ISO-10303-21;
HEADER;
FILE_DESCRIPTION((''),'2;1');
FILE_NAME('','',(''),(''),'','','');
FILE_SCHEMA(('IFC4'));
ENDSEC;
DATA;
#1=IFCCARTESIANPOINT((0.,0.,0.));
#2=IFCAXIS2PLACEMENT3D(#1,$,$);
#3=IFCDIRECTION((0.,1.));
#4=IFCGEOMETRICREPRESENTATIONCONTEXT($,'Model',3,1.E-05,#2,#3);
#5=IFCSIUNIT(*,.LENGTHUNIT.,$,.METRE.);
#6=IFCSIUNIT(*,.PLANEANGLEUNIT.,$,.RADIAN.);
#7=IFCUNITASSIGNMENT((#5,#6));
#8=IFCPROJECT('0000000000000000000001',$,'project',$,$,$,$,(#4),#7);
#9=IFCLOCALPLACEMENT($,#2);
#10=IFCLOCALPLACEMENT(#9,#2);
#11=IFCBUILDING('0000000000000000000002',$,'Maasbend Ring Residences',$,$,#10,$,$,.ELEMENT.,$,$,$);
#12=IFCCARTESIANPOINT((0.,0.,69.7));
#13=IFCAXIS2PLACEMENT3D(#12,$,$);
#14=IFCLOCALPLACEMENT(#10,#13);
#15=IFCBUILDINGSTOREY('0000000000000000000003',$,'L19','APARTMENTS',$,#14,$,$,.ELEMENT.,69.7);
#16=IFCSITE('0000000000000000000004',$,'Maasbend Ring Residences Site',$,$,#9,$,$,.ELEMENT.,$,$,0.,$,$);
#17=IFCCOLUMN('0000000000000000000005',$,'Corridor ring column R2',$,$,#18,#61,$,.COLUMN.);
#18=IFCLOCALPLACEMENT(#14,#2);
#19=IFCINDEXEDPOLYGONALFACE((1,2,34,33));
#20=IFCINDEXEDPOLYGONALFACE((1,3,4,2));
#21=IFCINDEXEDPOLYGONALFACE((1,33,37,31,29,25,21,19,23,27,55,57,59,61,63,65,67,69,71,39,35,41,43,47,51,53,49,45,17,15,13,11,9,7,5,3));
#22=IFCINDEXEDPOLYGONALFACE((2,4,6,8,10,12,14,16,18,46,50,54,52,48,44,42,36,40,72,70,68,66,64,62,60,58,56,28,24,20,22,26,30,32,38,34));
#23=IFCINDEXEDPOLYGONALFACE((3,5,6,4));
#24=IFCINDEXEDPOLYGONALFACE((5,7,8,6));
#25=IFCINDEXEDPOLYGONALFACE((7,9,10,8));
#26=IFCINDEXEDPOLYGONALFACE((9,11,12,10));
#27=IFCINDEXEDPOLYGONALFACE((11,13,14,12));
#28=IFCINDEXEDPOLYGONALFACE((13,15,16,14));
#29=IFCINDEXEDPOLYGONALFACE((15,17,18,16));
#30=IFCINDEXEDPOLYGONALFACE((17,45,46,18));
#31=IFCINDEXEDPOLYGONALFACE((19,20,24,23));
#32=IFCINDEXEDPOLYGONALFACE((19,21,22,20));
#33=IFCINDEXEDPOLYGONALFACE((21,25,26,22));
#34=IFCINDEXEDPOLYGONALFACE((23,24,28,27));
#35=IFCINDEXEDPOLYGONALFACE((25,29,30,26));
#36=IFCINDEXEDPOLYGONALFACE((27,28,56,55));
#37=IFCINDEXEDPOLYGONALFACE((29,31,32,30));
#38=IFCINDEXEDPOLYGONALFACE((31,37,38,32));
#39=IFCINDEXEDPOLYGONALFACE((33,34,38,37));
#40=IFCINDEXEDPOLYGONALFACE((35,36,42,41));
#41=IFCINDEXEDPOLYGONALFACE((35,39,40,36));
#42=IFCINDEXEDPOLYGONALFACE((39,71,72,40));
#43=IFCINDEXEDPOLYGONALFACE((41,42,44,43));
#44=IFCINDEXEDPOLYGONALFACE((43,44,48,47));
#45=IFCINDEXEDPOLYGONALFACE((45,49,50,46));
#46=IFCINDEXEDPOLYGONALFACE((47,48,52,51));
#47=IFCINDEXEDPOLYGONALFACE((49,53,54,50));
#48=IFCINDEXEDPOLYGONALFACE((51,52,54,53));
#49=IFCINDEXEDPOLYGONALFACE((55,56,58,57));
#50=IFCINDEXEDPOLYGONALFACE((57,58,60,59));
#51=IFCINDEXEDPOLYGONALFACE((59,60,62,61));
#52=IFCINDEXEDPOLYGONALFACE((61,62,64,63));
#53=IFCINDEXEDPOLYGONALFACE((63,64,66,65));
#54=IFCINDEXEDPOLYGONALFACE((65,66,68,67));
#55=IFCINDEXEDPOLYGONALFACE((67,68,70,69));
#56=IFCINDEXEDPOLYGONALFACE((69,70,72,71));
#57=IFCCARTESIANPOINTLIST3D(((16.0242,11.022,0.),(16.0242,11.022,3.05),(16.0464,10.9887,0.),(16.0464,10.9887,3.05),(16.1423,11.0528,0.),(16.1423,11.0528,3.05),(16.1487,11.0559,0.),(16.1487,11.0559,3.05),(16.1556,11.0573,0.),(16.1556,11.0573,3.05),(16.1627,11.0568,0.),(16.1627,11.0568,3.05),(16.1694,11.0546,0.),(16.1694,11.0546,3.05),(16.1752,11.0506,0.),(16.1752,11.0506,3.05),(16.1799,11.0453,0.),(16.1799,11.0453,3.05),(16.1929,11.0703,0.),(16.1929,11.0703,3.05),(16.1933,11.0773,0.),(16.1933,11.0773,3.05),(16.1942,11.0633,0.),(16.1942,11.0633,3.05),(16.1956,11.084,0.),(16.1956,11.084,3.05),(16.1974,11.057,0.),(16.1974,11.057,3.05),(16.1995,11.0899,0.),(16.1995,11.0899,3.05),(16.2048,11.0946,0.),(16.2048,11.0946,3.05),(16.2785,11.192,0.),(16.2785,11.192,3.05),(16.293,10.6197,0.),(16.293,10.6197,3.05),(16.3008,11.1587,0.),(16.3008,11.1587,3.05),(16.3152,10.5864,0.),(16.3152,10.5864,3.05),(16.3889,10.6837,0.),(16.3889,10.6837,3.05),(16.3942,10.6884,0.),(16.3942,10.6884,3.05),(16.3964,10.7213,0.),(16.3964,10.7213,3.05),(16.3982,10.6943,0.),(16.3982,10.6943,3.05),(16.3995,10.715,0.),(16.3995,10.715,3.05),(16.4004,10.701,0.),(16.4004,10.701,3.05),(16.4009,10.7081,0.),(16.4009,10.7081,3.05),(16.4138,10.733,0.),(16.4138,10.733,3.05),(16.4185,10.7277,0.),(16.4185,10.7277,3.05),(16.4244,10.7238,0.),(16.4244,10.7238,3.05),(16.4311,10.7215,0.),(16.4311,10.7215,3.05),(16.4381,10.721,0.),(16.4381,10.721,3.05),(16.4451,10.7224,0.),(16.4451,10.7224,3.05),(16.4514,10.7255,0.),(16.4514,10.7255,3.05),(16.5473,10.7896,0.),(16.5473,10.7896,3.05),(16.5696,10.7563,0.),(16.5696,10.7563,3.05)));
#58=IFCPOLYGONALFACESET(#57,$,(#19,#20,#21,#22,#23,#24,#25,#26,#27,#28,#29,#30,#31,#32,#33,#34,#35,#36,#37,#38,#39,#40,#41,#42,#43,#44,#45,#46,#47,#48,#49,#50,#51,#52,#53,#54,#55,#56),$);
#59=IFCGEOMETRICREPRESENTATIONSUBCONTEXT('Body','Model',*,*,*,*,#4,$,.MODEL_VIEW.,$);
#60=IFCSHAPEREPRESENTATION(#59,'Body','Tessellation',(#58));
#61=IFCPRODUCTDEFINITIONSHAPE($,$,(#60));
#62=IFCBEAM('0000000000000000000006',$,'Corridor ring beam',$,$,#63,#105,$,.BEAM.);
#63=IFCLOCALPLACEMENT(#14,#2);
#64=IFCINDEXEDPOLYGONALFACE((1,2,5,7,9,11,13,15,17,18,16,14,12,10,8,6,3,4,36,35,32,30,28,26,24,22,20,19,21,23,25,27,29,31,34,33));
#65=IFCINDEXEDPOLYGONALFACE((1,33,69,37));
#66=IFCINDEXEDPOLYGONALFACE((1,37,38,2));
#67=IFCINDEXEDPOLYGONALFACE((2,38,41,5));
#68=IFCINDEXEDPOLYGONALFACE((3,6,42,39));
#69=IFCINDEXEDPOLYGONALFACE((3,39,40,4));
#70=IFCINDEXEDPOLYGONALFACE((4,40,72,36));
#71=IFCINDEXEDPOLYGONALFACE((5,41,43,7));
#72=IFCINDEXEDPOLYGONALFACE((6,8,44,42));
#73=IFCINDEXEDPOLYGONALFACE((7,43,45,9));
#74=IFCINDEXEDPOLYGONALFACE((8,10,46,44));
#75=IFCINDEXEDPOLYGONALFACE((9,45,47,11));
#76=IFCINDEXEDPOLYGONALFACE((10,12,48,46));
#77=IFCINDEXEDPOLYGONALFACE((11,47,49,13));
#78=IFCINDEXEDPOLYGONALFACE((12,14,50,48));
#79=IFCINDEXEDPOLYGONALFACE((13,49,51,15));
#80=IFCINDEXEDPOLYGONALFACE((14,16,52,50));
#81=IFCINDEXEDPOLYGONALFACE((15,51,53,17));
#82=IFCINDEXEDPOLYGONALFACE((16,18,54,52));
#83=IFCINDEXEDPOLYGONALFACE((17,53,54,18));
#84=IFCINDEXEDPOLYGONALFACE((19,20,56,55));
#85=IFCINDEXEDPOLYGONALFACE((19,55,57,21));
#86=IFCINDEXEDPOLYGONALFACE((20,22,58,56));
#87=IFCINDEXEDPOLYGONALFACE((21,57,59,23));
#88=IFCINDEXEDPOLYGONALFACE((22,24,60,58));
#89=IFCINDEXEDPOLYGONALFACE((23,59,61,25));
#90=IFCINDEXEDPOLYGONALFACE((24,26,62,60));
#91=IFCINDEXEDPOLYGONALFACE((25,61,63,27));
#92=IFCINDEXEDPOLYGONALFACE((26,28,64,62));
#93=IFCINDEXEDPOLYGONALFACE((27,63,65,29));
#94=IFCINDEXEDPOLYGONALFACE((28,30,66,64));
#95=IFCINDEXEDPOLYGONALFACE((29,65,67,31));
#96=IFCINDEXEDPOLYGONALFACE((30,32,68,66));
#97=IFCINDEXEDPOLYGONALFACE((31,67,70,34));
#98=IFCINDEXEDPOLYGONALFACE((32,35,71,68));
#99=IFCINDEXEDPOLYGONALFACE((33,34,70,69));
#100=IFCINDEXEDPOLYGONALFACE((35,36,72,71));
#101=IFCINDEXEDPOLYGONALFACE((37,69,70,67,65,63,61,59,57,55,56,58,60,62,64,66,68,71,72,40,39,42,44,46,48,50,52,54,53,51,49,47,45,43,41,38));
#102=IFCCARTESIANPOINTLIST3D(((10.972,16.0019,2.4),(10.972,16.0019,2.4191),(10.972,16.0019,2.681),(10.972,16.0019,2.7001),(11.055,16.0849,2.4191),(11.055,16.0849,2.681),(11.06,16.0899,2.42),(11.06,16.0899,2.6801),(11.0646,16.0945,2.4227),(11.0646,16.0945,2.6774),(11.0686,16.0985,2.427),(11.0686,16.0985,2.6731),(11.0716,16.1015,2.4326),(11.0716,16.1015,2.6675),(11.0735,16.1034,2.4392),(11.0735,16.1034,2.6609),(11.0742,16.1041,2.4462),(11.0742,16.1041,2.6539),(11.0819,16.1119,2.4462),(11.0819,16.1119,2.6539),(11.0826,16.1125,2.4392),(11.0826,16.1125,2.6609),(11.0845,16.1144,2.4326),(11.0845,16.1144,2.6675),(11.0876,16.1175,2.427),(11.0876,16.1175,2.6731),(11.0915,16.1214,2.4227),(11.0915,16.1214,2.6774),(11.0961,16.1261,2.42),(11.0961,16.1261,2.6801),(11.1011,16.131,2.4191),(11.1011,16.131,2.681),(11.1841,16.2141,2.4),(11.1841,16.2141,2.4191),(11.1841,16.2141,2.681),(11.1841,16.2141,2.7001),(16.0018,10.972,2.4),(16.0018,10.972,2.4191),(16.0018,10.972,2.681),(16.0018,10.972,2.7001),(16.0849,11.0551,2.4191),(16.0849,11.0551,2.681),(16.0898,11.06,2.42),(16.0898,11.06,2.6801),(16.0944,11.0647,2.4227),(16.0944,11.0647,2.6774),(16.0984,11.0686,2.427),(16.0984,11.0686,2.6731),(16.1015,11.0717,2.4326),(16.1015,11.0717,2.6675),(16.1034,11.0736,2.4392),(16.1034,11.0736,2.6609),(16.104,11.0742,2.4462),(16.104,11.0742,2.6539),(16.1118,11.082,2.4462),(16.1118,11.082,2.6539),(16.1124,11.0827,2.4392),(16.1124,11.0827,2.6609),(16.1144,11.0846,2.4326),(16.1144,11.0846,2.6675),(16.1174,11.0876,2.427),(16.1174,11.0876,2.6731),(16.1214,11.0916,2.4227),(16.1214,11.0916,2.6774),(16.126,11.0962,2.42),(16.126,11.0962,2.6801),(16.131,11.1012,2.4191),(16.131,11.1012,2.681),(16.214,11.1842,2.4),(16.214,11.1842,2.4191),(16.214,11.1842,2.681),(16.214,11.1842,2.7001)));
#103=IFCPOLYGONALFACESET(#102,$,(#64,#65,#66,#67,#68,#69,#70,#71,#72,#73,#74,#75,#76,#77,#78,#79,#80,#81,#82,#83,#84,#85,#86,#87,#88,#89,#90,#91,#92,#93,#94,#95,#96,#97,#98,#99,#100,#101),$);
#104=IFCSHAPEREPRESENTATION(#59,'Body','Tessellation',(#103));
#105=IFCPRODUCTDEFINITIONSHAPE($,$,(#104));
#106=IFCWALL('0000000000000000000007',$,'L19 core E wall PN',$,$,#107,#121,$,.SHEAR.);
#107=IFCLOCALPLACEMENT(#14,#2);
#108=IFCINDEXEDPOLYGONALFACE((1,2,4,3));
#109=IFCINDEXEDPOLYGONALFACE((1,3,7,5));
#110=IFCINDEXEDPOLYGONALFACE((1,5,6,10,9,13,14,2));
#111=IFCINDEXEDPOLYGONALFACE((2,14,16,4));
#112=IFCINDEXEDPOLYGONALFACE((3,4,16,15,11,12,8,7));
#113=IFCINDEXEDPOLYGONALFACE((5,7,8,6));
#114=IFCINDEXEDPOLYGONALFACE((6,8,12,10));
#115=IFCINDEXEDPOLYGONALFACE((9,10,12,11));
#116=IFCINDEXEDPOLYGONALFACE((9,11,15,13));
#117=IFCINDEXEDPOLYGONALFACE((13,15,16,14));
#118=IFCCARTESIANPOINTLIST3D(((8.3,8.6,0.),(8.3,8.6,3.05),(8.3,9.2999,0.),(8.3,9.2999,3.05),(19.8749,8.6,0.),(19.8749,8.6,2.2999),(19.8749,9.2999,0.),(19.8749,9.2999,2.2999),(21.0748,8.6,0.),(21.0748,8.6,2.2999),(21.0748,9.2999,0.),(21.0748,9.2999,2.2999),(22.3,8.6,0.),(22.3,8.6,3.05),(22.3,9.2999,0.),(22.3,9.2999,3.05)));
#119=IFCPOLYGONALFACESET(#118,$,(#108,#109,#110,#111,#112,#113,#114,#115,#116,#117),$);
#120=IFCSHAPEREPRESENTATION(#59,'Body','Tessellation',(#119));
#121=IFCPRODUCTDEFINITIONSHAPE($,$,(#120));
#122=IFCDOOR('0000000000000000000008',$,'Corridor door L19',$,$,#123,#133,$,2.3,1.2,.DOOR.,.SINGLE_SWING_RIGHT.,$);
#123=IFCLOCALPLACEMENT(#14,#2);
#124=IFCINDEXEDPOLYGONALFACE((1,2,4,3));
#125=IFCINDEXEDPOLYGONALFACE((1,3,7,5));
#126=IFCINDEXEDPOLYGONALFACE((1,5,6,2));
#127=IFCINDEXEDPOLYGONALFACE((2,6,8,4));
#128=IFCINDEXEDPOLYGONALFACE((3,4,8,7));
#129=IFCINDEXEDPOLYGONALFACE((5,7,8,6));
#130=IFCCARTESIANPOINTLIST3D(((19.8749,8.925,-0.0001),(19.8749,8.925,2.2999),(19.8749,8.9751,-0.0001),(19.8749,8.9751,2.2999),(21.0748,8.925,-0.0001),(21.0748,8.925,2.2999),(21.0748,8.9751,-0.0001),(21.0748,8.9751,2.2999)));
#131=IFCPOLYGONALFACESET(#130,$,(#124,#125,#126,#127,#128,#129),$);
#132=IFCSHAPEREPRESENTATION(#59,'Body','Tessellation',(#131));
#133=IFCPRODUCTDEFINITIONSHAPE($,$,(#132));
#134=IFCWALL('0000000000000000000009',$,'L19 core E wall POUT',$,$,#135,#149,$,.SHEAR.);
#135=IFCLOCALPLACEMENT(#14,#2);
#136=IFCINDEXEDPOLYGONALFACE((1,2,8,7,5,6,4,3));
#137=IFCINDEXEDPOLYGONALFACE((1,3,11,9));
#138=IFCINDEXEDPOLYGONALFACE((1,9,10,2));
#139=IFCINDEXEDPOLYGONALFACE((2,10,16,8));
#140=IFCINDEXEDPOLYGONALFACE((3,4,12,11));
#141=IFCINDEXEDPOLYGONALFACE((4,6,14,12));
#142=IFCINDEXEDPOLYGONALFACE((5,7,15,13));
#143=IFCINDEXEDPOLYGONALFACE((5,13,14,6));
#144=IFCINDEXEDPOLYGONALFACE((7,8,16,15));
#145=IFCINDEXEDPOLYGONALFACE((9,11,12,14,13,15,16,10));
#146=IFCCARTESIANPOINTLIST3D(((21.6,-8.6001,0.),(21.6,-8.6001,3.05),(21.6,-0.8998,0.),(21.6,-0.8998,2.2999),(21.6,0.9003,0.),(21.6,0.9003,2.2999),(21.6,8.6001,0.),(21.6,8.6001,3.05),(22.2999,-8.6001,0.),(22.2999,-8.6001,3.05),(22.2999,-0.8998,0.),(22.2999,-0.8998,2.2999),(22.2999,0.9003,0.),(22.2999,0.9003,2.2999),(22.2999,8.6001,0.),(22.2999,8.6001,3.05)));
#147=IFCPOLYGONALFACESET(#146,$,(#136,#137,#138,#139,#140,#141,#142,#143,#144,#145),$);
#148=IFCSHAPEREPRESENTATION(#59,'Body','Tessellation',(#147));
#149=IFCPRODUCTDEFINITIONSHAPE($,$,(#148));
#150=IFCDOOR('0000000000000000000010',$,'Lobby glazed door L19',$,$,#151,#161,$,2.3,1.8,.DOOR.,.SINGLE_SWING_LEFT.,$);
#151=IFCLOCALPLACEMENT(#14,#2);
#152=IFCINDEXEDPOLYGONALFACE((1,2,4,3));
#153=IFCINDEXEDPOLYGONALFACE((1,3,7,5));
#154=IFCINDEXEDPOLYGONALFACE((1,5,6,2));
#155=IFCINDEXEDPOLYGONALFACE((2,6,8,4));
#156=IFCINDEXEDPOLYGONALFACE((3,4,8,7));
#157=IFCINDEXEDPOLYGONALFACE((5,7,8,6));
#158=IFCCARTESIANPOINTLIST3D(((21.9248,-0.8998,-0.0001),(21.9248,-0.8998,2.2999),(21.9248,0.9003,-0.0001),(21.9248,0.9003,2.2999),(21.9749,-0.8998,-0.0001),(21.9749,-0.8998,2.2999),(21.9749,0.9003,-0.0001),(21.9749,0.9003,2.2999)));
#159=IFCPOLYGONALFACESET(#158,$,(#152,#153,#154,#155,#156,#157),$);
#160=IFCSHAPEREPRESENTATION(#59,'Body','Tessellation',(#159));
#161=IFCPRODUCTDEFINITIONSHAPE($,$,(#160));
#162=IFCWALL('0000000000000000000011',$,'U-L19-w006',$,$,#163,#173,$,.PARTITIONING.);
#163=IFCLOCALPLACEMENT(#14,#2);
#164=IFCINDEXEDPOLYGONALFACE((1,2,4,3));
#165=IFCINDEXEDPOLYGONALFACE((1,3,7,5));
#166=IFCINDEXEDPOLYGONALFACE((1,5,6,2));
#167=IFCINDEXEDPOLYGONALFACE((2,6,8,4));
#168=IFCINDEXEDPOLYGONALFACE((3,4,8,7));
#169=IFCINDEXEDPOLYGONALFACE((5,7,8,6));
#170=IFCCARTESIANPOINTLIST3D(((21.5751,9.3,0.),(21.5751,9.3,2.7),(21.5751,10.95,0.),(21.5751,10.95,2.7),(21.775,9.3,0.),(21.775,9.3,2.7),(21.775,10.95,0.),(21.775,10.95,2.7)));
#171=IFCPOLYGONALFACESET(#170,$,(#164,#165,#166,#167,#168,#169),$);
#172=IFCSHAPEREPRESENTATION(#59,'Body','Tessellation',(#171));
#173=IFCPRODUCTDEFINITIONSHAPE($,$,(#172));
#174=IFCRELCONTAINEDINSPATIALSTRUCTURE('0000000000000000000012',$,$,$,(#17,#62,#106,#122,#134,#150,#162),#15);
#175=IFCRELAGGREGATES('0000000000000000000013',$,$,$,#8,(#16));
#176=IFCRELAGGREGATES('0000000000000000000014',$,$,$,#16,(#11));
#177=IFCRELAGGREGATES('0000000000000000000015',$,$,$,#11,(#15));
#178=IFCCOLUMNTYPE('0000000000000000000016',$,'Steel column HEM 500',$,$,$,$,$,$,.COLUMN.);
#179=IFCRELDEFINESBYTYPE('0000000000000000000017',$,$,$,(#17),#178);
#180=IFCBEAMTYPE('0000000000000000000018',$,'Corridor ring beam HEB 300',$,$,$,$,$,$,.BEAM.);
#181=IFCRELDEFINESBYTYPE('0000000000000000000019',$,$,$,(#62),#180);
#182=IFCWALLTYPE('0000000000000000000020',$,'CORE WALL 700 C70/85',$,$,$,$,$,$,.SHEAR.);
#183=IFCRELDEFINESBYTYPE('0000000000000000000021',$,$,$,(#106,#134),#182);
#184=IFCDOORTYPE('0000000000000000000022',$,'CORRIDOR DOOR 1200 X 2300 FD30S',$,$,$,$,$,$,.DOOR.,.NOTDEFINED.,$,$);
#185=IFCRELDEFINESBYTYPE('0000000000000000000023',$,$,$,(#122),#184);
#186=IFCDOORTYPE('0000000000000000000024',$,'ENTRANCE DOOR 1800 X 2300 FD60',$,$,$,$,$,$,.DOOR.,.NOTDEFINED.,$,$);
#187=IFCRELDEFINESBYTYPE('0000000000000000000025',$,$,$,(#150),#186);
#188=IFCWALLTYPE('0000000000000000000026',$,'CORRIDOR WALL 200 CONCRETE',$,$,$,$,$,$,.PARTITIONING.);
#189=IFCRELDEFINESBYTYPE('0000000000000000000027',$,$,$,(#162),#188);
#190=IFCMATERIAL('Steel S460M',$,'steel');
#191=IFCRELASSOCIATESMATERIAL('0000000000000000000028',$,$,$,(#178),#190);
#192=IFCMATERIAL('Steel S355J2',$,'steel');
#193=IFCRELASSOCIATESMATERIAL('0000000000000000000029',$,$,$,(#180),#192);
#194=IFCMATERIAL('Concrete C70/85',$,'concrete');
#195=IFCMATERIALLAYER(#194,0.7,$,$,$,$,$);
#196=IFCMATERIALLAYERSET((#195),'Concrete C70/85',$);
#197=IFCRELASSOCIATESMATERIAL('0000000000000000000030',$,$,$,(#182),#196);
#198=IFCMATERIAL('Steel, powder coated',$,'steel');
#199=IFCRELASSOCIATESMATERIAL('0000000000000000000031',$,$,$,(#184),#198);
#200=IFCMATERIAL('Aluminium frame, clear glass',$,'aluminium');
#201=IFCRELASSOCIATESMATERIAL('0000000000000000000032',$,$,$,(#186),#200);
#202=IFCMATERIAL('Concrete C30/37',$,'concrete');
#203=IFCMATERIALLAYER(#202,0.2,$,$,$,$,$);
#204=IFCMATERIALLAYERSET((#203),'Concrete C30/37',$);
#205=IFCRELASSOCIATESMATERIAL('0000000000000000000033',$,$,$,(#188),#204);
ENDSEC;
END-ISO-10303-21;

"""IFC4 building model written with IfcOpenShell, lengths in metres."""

from ifc_helpers import new_model, si_unit, direction, frame, frame_2d, origin, origin_2d, place, context, subcontext, project, spatial, rectangle, i_section, extrude, material, layer, layer_set, material_profile, profile_set, type_object, element, fill, save


model = new_model("IFC4")

# Units and contexts
model_context = context("Model", 3, precision=1e-05, world=origin(), true_north=direction((0.0, 1.0)))
body_context = subcontext(model_context, "Body", "Model", "MODEL_VIEW")
ifc_project = project(units=[si_unit("LENGTHUNIT", "METRE"), si_unit("PLANEANGLEUNIT", "RADIAN")], contexts=[model_context])

# Site, building, storey
site_placement = place(None, origin())
site = spatial("IfcSite", under=ifc_project, at=site_placement, Name="Maasbend Ring Residences Site", CompositionType="ELEMENT", RefElevation=0.0)
building_placement = place(site_placement, origin())
building = spatial("IfcBuilding", under=site, at=building_placement, Name="Maasbend Ring Residences", CompositionType="ELEMENT")
storey_placement = place(building_placement, frame((0.0, 0.0, 69.7)))
storey = spatial("IfcBuildingStorey", under=building, at=storey_placement, Name="L19", Description="APARTMENTS", CompositionType="ELEMENT", Elevation=69.7)

# Column
ifc_material_1 = material(Name="Steel S460M", Category="steel")
ifc_material_profile_1 = material_profile(ifc_material_1, i_section(OverallWidth=0.3059, OverallDepth=0.5239, WebThickness=0.021, FlangeThickness=0.04, FilletRadius=0.0271, at=origin_2d()), Name="HEM 500")
ifc_profile_set_1 = profile_set([ifc_material_profile_1], Name="Steel S460M")
column_type = type_object("IfcColumnType", Name="Steel column HEM 500", PredefinedType="COLUMN", material=ifc_profile_set_1)
column_placement = place(storey_placement, frame((16.2969, 10.8892, 0.0), z_axis=(0.0, 0.0, 1.0), x_axis=(0.83147, 0.55557, 0.0)))
element("IfcColumn", 1, at=column_placement, inside=storey, type_object=column_type, Name="Corridor ring column R2", PredefinedType="COLUMN", context=body_context, shape_type="SweptSolid", body=[
    extrude(i_section(OverallWidth=0.3059, OverallDepth=0.5239, WebThickness=0.021, FlangeThickness=0.04, FilletRadius=0.0271, at=origin_2d()), origin(), (0.0, 0.0, 1.0), 3.05),
])

# Beam
ifc_material_2 = material(Name="Steel S355J2", Category="steel")
ifc_material_profile_2 = material_profile(ifc_material_2, i_section(OverallWidth=0.3, OverallDepth=0.3, WebThickness=0.011, FlangeThickness=0.019, FilletRadius=0.0271, at=origin_2d()), Name="HEB 300")
ifc_profile_set_2 = profile_set([ifc_material_profile_2], Name="Steel S355J2")
beam_type = type_object("IfcBeamType", Name="Corridor ring beam HEB 300", PredefinedType="BEAM", material=ifc_profile_set_2)
beam_placement = place(storey_placement, frame((16.1079, 11.0781, 2.55), z_axis=(-0.707107, 0.707107, 0.0), x_axis=(-0.707107, -0.707107, 0.0)))
element("IfcBeam", 2, at=beam_placement, inside=storey, type_object=beam_type, Name="Corridor ring beam", PredefinedType="BEAM", context=body_context, shape_type="SweptSolid", body=[
    extrude(i_section(OverallWidth=0.3, OverallDepth=0.3, WebThickness=0.011, FlangeThickness=0.019, FilletRadius=0.0271, at=origin_2d()), origin(), (0.0, 0.0, 1.0), 7.1133),
])

# Walls, openings, doors
ifc_material_3 = material(Name="Concrete C70/85", Category="concrete")
ifc_layer_1 = layer(ifc_material_3, 0.7)
ifc_layer_set_1 = layer_set([ifc_layer_1], Name="Concrete C70/85")
wall_type_1 = type_object("IfcWallType", Name="CORE WALL 700 C70/85", PredefinedType="SHEAR", material=ifc_layer_set_1)
wall_1_placement = place(storey_placement, frame((22.3, 8.95, 0.0), z_axis=(0.0, 0.0, 1.0), x_axis=(-1.0, 0.0, 0.0)))
wall_1 = element("IfcWall", 3, at=wall_1_placement, inside=storey, type_object=wall_type_1, Name="L19 core E wall PN", PredefinedType="SHEAR", context=body_context, shape_type="SweptSolid", body=[
    extrude(rectangle(XDim=14.0, YDim=0.7, at=frame_2d((7.0, 0.0))), origin(), (0.0, 0.0, 1.0), 3.05),
])
opening_1_placement = place(wall_1_placement, frame((1.2251, 0.0, 0.0)))
opening_1 = element("IfcOpeningElement", 4, at=opening_1_placement, cuts=wall_1, PredefinedType="OPENING", context=body_context, shape_type="SweptSolid", body=[
    extrude(rectangle(XDim=1.2, YDim=2.3, at=frame_2d((0.6001, 1.1499))), frame((0.0, 0.3599, 0.0), z_axis=(0.0, -1.0, 0.0), x_axis=(1.0, 0.0, 0.0)), (0.0, 0.0, 1.0), 0.72),
])
ifc_material_4 = material(Name="Steel, powder coated", Category="steel")
door_type_1 = type_object("IfcDoorType", Name="CORRIDOR DOOR 1200 X 2300 FD30S", OperationType="NOTDEFINED", PredefinedType="DOOR", material=ifc_material_4)
door_1_placement = place(opening_1_placement, origin())
door_1 = element("IfcDoor", 5, at=door_1_placement, inside=storey, type_object=door_type_1, Name="Corridor door L19", OperationType="SINGLE_SWING_RIGHT", OverallHeight=2.3, OverallWidth=1.2, PredefinedType="DOOR", context=body_context, shape_type="SweptSolid", body=[
    extrude(rectangle(XDim=1.2, YDim=2.3, at=frame_2d((0.6001, 1.1499))), frame((0.0, 0.0249, 0.0), z_axis=(0.0, -1.0, 0.0), x_axis=(1.0, 0.0, 0.0)), (0.0, 0.0, 1.0), 0.05),
])
fill(opening_1, door_1)
wall_2_placement = place(storey_placement, frame((21.95, 8.6001, 0.0), z_axis=(0.0, 0.0, 1.0), x_axis=(0.0, -1.0, 0.0)))
wall_2 = element("IfcWall", 6, at=wall_2_placement, inside=storey, type_object=wall_type_1, Name="L19 core E wall POUT", PredefinedType="SHEAR", context=body_context, shape_type="SweptSolid", body=[
    extrude(rectangle(XDim=17.2002, YDim=0.7, at=frame_2d((8.6001, 0.0))), origin(), (0.0, 0.0, 1.0), 3.05),
])
opening_2_placement = place(wall_2_placement, frame((7.7, 0.0, 0.0)))
opening_2 = element("IfcOpeningElement", 7, at=opening_2_placement, cuts=wall_2, PredefinedType="OPENING", context=body_context, shape_type="SweptSolid", body=[
    extrude(rectangle(XDim=1.8, YDim=2.3, at=frame_2d((0.8999, 1.1499))), frame((0.0, 0.3599, 0.0), z_axis=(0.0, -1.0, 0.0), x_axis=(1.0, 0.0, 0.0)), (0.0, 0.0, 1.0), 0.72),
])
ifc_material_5 = material(Name="Aluminium frame, clear glass", Category="aluminium")
door_type_2 = type_object("IfcDoorType", Name="ENTRANCE DOOR 1800 X 2300 FD60", OperationType="NOTDEFINED", PredefinedType="DOOR", material=ifc_material_5)
door_2_placement = place(opening_2_placement, origin())
door_2 = element("IfcDoor", 8, at=door_2_placement, inside=storey, type_object=door_type_2, Name="Lobby glazed door L19", OperationType="SINGLE_SWING_LEFT", OverallHeight=2.3, OverallWidth=1.8, PredefinedType="DOOR", context=body_context, shape_type="SweptSolid", body=[
    extrude(rectangle(XDim=1.8, YDim=2.3, at=frame_2d((0.8999, 1.1499))), frame((0.0, 0.0249, 0.0), z_axis=(0.0, -1.0, 0.0), x_axis=(1.0, 0.0, 0.0)), (0.0, 0.0, 1.0), 0.05),
])
fill(opening_2, door_2)

# Wall
ifc_material_6 = material(Name="Concrete C30/37", Category="concrete")
ifc_layer_2 = layer(ifc_material_6, 0.2)
ifc_layer_set_2 = layer_set([ifc_layer_2], Name="Concrete C30/37")
wall_type_2 = type_object("IfcWallType", Name="CORRIDOR WALL 200 CONCRETE", PredefinedType="PARTITIONING", material=ifc_layer_set_2)
wall_3_placement = place(storey_placement, frame((21.675, 9.3, 0.0), z_axis=(0.0, 0.0, 1.0), x_axis=(0.0, 1.0, 0.0)))
element("IfcWall", 9, at=wall_3_placement, inside=storey, type_object=wall_type_2, Name="U-L19-w006", PredefinedType="PARTITIONING", context=body_context, shape_type="SweptSolid", body=[
    extrude(rectangle(XDim=1.6499, YDim=0.2, at=frame_2d((0.825, 0.0))), origin(), (0.0, 0.0, 1.0), 2.7),
])

save(model, "model.ifc")
